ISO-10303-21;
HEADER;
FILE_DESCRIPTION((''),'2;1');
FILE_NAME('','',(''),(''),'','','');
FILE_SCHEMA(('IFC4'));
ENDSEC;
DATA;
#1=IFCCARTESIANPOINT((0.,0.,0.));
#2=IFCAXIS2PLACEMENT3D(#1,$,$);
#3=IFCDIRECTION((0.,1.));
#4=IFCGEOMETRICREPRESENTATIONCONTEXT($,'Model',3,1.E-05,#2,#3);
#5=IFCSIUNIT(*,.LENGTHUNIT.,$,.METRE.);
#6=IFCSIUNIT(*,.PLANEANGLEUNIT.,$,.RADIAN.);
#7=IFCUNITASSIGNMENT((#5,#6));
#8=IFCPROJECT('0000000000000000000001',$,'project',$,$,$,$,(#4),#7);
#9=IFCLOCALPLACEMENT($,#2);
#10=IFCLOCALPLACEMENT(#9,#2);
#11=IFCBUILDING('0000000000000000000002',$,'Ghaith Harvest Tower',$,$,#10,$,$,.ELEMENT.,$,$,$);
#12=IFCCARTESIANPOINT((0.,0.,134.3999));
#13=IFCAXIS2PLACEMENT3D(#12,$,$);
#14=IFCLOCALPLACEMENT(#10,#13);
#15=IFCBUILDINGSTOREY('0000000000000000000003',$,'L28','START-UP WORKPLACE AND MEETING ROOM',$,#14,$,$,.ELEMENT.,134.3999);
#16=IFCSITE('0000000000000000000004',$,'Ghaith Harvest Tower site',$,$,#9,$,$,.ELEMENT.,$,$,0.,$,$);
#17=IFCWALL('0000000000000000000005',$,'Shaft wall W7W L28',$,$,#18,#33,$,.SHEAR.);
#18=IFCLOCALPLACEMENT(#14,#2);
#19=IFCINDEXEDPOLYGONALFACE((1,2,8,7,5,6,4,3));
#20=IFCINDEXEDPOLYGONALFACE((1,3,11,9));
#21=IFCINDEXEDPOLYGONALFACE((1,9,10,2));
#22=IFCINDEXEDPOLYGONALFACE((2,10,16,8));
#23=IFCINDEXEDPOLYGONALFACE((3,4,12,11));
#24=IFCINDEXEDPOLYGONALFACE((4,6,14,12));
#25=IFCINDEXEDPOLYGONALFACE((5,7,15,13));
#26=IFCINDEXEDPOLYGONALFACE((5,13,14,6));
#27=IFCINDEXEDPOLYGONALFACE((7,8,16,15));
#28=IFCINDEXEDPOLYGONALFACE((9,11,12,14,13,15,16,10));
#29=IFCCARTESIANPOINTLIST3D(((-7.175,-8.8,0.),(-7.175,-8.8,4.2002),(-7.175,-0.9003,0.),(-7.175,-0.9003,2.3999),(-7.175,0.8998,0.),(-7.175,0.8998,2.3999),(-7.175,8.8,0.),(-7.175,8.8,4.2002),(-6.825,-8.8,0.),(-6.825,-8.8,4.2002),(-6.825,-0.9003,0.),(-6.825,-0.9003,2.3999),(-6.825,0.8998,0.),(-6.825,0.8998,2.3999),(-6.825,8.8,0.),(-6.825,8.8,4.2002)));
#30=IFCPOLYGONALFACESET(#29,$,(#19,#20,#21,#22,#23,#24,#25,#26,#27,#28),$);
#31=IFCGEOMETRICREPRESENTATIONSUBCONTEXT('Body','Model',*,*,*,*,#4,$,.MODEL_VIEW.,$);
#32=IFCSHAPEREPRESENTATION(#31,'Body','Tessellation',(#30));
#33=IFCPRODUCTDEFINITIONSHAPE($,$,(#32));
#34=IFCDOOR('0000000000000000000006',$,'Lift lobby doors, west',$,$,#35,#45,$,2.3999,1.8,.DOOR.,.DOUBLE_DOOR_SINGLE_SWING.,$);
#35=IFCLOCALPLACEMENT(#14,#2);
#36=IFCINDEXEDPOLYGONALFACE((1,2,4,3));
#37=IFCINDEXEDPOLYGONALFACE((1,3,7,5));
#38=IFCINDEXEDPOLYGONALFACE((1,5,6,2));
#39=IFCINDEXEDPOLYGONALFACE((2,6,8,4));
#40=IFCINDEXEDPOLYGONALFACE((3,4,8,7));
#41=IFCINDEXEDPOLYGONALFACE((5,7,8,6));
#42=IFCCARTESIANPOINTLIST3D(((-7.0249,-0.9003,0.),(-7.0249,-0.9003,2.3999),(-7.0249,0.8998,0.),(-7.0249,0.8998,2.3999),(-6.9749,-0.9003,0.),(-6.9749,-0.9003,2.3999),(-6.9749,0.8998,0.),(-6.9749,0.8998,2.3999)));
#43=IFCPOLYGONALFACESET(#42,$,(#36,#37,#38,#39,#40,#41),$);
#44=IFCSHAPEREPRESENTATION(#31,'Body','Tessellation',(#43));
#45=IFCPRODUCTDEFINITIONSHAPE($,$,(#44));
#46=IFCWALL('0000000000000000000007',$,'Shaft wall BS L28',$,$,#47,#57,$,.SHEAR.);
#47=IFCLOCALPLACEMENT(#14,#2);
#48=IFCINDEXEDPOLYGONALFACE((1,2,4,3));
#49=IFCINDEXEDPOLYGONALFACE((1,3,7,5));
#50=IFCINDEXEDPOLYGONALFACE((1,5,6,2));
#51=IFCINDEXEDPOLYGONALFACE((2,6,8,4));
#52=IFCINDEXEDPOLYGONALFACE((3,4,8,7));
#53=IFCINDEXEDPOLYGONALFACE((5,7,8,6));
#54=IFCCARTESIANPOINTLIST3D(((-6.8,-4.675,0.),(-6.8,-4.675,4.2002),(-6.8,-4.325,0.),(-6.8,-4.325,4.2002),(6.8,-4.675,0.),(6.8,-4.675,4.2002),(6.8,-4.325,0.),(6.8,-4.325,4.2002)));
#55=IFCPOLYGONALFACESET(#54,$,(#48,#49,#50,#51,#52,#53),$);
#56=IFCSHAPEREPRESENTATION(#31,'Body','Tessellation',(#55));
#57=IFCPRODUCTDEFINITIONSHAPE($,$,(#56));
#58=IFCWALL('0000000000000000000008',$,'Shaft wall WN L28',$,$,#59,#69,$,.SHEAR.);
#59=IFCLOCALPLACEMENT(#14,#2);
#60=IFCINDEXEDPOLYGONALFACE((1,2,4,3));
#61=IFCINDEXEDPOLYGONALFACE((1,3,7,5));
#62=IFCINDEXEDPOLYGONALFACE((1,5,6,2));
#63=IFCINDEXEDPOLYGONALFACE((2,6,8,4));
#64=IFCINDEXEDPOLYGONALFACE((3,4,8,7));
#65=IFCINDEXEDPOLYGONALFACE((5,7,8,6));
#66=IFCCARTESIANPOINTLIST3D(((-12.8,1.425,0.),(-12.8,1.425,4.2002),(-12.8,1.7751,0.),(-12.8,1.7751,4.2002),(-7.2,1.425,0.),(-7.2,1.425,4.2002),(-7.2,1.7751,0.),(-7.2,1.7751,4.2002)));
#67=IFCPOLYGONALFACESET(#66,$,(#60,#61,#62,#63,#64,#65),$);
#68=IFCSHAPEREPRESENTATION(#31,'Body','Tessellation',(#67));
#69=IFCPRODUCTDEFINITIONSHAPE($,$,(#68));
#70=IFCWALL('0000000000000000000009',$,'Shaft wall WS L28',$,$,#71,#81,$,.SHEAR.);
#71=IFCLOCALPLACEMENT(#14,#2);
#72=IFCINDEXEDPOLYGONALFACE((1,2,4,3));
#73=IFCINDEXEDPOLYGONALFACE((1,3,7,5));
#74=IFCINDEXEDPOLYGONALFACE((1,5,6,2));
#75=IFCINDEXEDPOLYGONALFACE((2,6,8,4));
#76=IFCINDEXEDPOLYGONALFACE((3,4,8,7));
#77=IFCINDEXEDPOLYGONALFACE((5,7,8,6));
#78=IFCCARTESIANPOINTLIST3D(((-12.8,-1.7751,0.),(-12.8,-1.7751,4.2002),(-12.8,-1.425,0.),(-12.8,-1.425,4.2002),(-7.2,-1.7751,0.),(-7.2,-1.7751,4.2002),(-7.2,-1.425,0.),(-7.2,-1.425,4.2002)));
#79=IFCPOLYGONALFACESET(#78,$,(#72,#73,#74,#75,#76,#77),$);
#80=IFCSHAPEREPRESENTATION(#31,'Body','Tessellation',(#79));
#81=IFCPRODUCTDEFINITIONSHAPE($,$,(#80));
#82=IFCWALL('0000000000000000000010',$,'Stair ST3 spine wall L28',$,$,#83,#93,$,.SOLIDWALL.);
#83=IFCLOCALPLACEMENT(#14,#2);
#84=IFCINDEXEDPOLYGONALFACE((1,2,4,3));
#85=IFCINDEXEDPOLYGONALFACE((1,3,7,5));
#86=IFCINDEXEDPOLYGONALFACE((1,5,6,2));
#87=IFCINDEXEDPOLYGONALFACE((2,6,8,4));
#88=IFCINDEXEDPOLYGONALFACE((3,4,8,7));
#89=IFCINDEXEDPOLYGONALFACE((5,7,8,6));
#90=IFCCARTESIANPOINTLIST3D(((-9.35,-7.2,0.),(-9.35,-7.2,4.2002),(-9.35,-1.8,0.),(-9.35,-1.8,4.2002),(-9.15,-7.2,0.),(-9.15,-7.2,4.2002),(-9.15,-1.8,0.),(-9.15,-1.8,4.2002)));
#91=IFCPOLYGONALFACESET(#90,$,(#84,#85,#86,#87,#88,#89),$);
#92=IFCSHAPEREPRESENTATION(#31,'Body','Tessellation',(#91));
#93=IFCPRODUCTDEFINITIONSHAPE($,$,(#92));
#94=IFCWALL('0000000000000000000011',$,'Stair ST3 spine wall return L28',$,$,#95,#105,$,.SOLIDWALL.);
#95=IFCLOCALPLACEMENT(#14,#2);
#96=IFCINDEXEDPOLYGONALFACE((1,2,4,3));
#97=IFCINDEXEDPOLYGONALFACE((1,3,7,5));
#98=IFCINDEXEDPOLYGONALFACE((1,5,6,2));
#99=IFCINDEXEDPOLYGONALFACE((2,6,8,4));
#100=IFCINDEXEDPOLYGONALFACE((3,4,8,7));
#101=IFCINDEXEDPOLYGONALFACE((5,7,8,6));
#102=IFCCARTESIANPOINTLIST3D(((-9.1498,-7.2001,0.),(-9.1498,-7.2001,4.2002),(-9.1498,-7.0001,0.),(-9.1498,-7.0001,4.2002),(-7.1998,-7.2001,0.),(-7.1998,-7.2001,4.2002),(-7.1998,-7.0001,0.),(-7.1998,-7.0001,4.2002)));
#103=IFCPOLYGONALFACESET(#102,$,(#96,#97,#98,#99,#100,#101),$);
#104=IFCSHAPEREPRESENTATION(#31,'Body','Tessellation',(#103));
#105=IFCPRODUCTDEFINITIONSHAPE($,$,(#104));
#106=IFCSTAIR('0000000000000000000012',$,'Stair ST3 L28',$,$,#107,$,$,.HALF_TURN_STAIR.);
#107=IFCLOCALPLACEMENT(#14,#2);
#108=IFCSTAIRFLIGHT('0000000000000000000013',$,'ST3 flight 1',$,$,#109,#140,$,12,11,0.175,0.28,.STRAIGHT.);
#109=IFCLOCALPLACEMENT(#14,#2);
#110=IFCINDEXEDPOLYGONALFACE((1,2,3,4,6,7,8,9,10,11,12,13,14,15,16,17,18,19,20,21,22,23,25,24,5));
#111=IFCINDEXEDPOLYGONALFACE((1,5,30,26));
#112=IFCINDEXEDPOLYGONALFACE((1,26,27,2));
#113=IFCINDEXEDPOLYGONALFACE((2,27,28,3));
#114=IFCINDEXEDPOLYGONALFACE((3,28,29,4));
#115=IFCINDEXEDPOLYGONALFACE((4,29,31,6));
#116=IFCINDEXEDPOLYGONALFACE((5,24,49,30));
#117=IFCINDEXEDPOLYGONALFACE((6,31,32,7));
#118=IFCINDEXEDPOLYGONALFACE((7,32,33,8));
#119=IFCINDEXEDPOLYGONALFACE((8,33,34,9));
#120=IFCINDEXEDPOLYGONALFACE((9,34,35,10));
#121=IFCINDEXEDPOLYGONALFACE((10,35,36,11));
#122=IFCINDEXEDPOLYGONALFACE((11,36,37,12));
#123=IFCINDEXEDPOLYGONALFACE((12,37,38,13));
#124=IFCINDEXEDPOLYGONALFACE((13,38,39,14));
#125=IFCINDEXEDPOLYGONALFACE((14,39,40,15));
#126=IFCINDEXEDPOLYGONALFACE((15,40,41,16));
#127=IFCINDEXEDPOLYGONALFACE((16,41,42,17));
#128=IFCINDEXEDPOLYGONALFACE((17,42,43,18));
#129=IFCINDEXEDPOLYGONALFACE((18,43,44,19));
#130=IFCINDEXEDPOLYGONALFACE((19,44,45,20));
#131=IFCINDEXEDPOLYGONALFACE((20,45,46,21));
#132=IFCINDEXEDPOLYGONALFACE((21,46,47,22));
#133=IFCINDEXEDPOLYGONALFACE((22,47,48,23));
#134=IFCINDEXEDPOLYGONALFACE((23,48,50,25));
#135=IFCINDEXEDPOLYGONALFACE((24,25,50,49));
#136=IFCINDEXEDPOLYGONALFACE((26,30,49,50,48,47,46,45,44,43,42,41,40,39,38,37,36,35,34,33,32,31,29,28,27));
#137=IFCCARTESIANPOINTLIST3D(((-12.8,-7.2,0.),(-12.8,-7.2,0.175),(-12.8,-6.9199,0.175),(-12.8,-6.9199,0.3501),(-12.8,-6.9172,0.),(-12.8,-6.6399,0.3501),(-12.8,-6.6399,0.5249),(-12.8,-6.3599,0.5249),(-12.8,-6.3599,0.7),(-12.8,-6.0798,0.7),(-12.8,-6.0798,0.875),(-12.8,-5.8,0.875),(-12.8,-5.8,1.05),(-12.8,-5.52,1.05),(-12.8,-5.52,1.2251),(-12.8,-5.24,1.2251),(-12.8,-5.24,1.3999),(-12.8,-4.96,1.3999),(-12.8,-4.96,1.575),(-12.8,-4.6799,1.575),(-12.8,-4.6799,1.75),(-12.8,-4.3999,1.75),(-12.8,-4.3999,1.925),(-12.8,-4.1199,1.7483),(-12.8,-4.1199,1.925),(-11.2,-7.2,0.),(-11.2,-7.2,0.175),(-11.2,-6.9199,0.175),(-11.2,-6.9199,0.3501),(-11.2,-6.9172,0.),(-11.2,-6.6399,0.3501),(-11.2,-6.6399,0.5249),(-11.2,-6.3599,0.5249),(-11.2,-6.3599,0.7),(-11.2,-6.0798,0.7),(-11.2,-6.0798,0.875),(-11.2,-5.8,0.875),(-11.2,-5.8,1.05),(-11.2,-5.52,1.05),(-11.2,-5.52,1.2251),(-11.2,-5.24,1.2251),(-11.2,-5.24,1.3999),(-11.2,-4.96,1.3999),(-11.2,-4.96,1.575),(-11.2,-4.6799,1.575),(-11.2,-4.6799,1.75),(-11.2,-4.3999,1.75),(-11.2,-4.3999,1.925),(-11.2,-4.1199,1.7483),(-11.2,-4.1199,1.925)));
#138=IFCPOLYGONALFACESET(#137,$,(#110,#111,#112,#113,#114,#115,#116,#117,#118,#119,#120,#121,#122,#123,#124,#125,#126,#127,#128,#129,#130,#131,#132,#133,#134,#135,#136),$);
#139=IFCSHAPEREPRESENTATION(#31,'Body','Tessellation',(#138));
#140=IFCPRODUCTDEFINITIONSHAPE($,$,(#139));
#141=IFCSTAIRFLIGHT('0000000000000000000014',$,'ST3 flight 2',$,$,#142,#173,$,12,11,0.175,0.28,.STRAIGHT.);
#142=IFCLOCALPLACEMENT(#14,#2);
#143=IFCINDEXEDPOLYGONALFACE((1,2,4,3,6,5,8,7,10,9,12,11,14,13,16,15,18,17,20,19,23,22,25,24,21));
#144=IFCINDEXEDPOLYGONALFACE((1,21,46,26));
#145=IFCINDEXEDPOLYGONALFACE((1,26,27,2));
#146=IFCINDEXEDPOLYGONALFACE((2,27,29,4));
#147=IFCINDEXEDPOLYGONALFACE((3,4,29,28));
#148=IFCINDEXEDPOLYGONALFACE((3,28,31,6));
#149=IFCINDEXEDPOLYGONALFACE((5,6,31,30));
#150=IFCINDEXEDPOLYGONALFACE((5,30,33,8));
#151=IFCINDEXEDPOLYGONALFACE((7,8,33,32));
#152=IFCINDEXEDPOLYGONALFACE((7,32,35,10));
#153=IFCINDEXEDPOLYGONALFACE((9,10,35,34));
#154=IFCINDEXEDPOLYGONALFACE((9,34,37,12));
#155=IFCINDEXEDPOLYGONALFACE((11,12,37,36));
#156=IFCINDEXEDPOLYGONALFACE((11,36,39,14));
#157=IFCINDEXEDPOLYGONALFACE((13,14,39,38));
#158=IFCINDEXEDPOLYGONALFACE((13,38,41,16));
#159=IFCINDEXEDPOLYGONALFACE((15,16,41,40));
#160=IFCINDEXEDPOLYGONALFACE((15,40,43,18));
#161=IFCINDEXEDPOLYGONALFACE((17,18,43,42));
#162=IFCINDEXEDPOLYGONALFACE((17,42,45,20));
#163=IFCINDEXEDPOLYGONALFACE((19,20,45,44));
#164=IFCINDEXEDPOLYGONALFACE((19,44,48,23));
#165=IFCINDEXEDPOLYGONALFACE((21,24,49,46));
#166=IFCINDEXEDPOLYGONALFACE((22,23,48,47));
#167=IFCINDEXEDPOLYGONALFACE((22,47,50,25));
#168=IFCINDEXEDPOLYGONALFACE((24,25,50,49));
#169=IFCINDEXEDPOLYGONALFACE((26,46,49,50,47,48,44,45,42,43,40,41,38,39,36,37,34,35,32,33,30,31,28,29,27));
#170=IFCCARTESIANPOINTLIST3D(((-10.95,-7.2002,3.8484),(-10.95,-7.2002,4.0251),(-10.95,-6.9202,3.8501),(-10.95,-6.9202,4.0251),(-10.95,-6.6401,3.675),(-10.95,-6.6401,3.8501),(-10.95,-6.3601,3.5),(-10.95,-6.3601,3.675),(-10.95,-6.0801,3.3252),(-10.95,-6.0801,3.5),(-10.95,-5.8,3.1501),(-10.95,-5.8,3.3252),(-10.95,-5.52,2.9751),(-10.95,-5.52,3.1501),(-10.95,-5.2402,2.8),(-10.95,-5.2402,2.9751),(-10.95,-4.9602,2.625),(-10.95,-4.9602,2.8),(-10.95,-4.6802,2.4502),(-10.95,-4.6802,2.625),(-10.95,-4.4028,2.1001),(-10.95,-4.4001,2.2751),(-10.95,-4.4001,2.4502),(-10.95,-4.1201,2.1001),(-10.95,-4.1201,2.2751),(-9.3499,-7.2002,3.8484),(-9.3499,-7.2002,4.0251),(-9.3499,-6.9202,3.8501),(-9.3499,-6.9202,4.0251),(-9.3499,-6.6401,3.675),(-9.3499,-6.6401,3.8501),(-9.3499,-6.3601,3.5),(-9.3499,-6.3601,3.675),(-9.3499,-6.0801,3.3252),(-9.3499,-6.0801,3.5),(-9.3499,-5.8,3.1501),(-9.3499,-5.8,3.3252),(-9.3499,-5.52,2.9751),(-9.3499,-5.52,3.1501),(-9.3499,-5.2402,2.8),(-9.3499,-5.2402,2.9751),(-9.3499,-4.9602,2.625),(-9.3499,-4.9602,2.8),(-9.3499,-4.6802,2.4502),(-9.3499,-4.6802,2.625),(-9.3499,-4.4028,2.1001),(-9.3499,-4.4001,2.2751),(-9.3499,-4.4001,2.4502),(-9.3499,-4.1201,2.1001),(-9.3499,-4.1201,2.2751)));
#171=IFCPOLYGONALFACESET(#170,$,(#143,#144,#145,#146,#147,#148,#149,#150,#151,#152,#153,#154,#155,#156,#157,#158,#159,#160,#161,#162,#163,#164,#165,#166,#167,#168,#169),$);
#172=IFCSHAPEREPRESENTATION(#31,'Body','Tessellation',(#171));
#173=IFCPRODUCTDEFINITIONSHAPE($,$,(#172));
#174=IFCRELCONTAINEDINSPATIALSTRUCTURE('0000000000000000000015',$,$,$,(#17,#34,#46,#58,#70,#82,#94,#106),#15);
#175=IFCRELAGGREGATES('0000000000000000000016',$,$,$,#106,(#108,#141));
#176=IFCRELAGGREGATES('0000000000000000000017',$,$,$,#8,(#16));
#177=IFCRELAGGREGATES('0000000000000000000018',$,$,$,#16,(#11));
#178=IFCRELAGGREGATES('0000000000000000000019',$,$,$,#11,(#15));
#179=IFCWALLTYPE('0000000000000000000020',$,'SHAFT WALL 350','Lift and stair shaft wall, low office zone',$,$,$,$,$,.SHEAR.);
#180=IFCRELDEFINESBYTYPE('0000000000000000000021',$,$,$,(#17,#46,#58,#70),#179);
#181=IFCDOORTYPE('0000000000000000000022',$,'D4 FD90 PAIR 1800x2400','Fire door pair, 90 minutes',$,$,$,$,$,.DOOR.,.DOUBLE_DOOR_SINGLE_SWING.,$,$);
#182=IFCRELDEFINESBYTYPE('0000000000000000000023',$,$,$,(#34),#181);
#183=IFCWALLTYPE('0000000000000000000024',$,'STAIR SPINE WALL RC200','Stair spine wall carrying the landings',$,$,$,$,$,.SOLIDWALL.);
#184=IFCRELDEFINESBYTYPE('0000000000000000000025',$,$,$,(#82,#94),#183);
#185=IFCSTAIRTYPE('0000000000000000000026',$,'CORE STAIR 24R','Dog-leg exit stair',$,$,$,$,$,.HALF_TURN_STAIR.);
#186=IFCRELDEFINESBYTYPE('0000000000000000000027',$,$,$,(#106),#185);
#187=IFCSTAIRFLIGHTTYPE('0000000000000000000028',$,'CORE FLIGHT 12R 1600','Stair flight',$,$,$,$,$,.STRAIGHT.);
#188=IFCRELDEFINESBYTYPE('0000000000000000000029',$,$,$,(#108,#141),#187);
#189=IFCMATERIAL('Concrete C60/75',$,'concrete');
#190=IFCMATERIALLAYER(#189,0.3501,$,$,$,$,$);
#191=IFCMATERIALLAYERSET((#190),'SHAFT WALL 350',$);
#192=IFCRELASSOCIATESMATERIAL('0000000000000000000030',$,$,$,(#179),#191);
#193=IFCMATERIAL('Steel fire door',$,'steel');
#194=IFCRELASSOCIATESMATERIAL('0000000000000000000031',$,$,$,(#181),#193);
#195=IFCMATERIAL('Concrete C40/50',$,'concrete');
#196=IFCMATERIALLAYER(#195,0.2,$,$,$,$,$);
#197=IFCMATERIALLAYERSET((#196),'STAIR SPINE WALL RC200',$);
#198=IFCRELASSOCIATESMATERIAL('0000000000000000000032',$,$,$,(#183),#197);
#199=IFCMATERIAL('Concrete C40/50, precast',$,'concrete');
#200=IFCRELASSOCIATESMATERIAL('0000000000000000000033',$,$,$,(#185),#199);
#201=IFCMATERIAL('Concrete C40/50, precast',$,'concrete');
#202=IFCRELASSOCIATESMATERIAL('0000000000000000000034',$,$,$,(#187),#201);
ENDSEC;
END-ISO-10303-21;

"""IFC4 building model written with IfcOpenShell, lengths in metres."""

from ifc_helpers import new_model, si_unit, direction, frame, frame_2d, origin, place, context, subcontext, project, spatial, polyline, rectangle, outline, extrude, material, layer, layer_set, type_object, element, fill, aggregate, save


model = new_model("IFC4")

# Units and contexts
model_context = context("Model", 3, precision=1e-05, world=origin(), true_north=direction((0.0, 1.0)))
body_context = subcontext(model_context, "Body", "Model", "MODEL_VIEW")
ifc_project = project(units=[si_unit("LENGTHUNIT", "METRE"), si_unit("PLANEANGLEUNIT", "RADIAN")], contexts=[model_context])

# Site, building, storey
site_placement = place(None, origin())
site = spatial("IfcSite", under=ifc_project, at=site_placement, Name="Ghaith Harvest Tower site", CompositionType="ELEMENT", RefElevation=0.0)
building_placement = place(site_placement, origin())
building = spatial("IfcBuilding", under=site, at=building_placement, Name="Ghaith Harvest Tower", CompositionType="ELEMENT")
storey_placement = place(building_placement, frame((0.0, 0.0, 134.3999)))
storey = spatial("IfcBuildingStorey", under=building, at=storey_placement, Name="L28", Description="START-UP WORKPLACE AND MEETING ROOM", CompositionType="ELEMENT", Elevation=134.3999)

# Wall, opening, door
ifc_material_1 = material(Name="Concrete C60/75", Category="concrete")
ifc_layer_1 = layer(ifc_material_1, 0.3501)
ifc_layer_set_1 = layer_set([ifc_layer_1], Name="SHAFT WALL 350")
wall_type_1 = type_object("IfcWallType", Name="SHAFT WALL 350", Description="Lift and stair shaft wall, low office zone", PredefinedType="SHEAR", material=ifc_layer_set_1)
wall_1_placement = place(storey_placement, frame((-7.0, -8.8, 0.0), z_axis=(0.0, 0.0, 1.0), x_axis=(0.0, 1.0, 0.0)))
wall_1 = element("IfcWall", 1, at=wall_1_placement, inside=storey, type_object=wall_type_1, Name="Shaft wall W7W L28", PredefinedType="SHEAR", context=body_context, shape_type="SweptSolid", body=[
    extrude(rectangle(XDim=17.6001, YDim=0.3501, at=frame_2d((8.8, 0.0))), origin(), (0.0, 0.0, 1.0), 4.2002),
])
opening_1_placement = place(wall_1_placement, frame((7.8999, 0.0, 0.0)))
opening_1 = element("IfcOpeningElement", 2, at=opening_1_placement, cuts=wall_1, PredefinedType="OPENING", context=body_context, shape_type="SweptSolid", body=[
    extrude(rectangle(XDim=1.8, YDim=2.3999, at=frame_2d((0.8999, 1.2))), frame((0.0, 0.1851, 0.0), z_axis=(0.0, -1.0, 0.0), x_axis=(1.0, 0.0, 0.0)), (0.0, 0.0, 1.0), 0.3701),
])
ifc_material_2 = material(Name="Steel fire door", Category="steel")
door_type_1 = type_object("IfcDoorType", Name="D4 FD90 PAIR 1800x2400", Description="Fire door pair, 90 minutes", OperationType="DOUBLE_DOOR_SINGLE_SWING", PredefinedType="DOOR", material=ifc_material_2)
door_1_placement = place(opening_1_placement, origin())
door_1 = element("IfcDoor", 3, at=door_1_placement, inside=storey, type_object=door_type_1, Name="Lift lobby doors, west", OperationType="DOUBLE_DOOR_SINGLE_SWING", OverallHeight=2.3999, OverallWidth=1.8, PredefinedType="DOOR", context=body_context, shape_type="SweptSolid", body=[
    extrude(rectangle(XDim=1.8, YDim=2.3999, at=frame_2d((0.8999, 1.2))), frame((0.0, 0.0249, 0.0), z_axis=(0.0, -1.0, 0.0), x_axis=(1.0, 0.0, 0.0)), (0.0, 0.0, 1.0), 0.05),
])
fill(opening_1, door_1)

# Walls
wall_2_placement = place(storey_placement, frame((-6.8, -4.5, 0.0), z_axis=(0.0, 0.0, 1.0), x_axis=(1.0, 0.0, 0.0)))
element("IfcWall", 4, at=wall_2_placement, inside=storey, type_object=wall_type_1, Name="Shaft wall BS L28", PredefinedType="SHEAR", context=body_context, shape_type="SweptSolid", body=[
    extrude(rectangle(XDim=13.6001, YDim=0.3501, at=frame_2d((6.8, 0.0))), origin(), (0.0, 0.0, 1.0), 4.2002),
])
for number, where, z_axis, x_axis, name in (
    (5, (-12.8, 1.6001, 0.0), (0.0, 0.0, 1.0), (1.0, 0.0, 0.0), "Shaft wall WN L28"),
    (6, (-12.8, -1.6001, 0.0), (0.0, 0.0, 1.0), (1.0, 0.0, 0.0), "Shaft wall WS L28"),
):
    element("IfcWall", number, at=place(storey_placement, frame(where, z_axis=z_axis, x_axis=x_axis)), inside=storey, type_object=wall_type_1, Name=name, PredefinedType="SHEAR", context=body_context, shape_type="SweptSolid", body=[
        extrude(rectangle(XDim=5.6001, YDim=0.3501, at=frame_2d((2.8, 0.0))), origin(), (0.0, 0.0, 1.0), 4.2002),
    ])
ifc_material_3 = material(Name="Concrete C40/50", Category="concrete")
ifc_layer_2 = layer(ifc_material_3, 0.2)
ifc_layer_set_2 = layer_set([ifc_layer_2], Name="STAIR SPINE WALL RC200")
wall_type_2 = type_object("IfcWallType", Name="STAIR SPINE WALL RC200", Description="Stair spine wall carrying the landings", PredefinedType="SOLIDWALL", material=ifc_layer_set_2)
wall_3_placement = place(storey_placement, frame((-9.25, -7.2, 0.0), z_axis=(0.0, 0.0, 1.0), x_axis=(0.0, 1.0, 0.0)))
element("IfcWall", 7, at=wall_3_placement, inside=storey, type_object=wall_type_2, Name="Stair ST3 spine wall L28", PredefinedType="SOLIDWALL", context=body_context, shape_type="SweptSolid", body=[
    extrude(rectangle(XDim=5.3999, YDim=0.2, at=frame_2d((2.7, 0.0))), origin(), (0.0, 0.0, 1.0), 4.2002),
])
wall_4_placement = place(storey_placement, frame((-9.1499, -7.1001, 0.0), z_axis=(0.0, 0.0, 1.0), x_axis=(1.0, 0.0, 0.0)))
element("IfcWall", 8, at=wall_4_placement, inside=storey, type_object=wall_type_2, Name="Stair ST3 spine wall return L28", PredefinedType="SOLIDWALL", context=body_context, shape_type="SweptSolid", body=[
    extrude(rectangle(XDim=1.95, YDim=0.2, at=frame_2d((0.9751, 0.0))), origin(), (0.0, 0.0, 1.0), 4.2002),
])

# Stair, stair flights
ifc_material_4 = material(Name="Concrete C40/50, precast", Category="concrete")
stair_type = type_object("IfcStairType", Name="CORE STAIR 24R", Description="Dog-leg exit stair", PredefinedType="HALF_TURN_STAIR", material=ifc_material_4)
stair_placement = place(storey_placement, origin())
stair = element("IfcStair", 9, at=stair_placement, inside=storey, type_object=stair_type, Name="Stair ST3 L28", PredefinedType="HALF_TURN_STAIR")
ifc_material_5 = material(Name="Concrete C40/50, precast", Category="concrete")
stair_flight_type = type_object("IfcStairFlightType", Name="CORE FLIGHT 12R 1600", Description="Stair flight", PredefinedType="STRAIGHT", material=ifc_material_5)
stair_flight_1_placement = place(storey_placement, frame((-12.0, -7.2, 0.0), z_axis=(0.0, 0.0, 1.0), x_axis=(0.0, 1.0, 0.0)))
stair_flight_1 = element("IfcStairFlight", 10, at=stair_flight_1_placement, type_object=stair_flight_type, Name="ST3 flight 1", NumberOfRisers=12, NumberOfTreads=11, PredefinedType="STRAIGHT", RiserHeight=0.175, TreadLength=0.28, context=body_context, shape_type="SweptSolid", body=[
    extrude(outline(polyline([(0.0, 0.0), (0.0, 0.175), (0.28, 0.175), (0.28, 0.3501), (0.5601, 0.3501), (0.5601, 0.5249), (0.8401, 0.5249), (0.8401, 0.7), (1.1201, 0.7), (1.1201, 0.875), (1.3999, 0.875), (1.3999, 1.05), (1.6799, 1.05), (1.6799, 1.2251), (1.96, 1.2251), (1.96, 1.3999), (2.24, 1.3999), (2.24, 1.575), (2.52, 1.575), (2.52, 1.75), (2.8, 1.75), (2.8, 1.925), (3.0801, 1.925), (3.0801, 2.1001), (3.0801, 1.7483), (0.2827, 0.0), (0.0, 0.0)])), frame((0.0, 0.8, 0.0), z_axis=(0.0, -1.0, 0.0), x_axis=(1.0, 0.0, 0.0)), (0.0, 0.0, 1.0), 1.6001),
])
stair_flight_2_placement = place(storey_placement, frame((-10.1499, -4.1201, 2.1001), z_axis=(0.0, 0.0, 1.0), x_axis=(0.0, -1.0, 0.0)))
stair_flight_2 = element("IfcStairFlight", 11, at=stair_flight_2_placement, type_object=stair_flight_type, Name="ST3 flight 2", NumberOfRisers=12, NumberOfTreads=11, PredefinedType="STRAIGHT", RiserHeight=0.175, TreadLength=0.28, context=body_context, shape_type="SweptSolid", body=[
    extrude(outline(polyline([(0.0, 0.0), (0.0, 0.175), (0.28, 0.175), (0.28, 0.3501), (0.5601, 0.3501), (0.5601, 0.5249), (0.8401, 0.5249), (0.8401, 0.7), (1.1201, 0.7), (1.1201, 0.875), (1.3999, 0.875), (1.3999, 1.05), (1.6799, 1.05), (1.6799, 1.2251), (1.96, 1.2251), (1.96, 1.3999), (2.24, 1.3999), (2.24, 1.575), (2.52, 1.575), (2.52, 1.75), (2.8, 1.75), (2.8, 1.925), (3.0801, 1.925), (3.0801, 2.1001), (3.0801, 1.7483), (0.2827, 0.0), (0.0, 0.0)])), frame((0.0, 0.8, 0.0), z_axis=(0.0, -1.0, 0.0), x_axis=(1.0, 0.0, 0.0)), (0.0, 0.0, 1.0), 1.6001),
])
aggregate(stair, [stair_flight_1, stair_flight_2])

save(model, "model.ifc")
